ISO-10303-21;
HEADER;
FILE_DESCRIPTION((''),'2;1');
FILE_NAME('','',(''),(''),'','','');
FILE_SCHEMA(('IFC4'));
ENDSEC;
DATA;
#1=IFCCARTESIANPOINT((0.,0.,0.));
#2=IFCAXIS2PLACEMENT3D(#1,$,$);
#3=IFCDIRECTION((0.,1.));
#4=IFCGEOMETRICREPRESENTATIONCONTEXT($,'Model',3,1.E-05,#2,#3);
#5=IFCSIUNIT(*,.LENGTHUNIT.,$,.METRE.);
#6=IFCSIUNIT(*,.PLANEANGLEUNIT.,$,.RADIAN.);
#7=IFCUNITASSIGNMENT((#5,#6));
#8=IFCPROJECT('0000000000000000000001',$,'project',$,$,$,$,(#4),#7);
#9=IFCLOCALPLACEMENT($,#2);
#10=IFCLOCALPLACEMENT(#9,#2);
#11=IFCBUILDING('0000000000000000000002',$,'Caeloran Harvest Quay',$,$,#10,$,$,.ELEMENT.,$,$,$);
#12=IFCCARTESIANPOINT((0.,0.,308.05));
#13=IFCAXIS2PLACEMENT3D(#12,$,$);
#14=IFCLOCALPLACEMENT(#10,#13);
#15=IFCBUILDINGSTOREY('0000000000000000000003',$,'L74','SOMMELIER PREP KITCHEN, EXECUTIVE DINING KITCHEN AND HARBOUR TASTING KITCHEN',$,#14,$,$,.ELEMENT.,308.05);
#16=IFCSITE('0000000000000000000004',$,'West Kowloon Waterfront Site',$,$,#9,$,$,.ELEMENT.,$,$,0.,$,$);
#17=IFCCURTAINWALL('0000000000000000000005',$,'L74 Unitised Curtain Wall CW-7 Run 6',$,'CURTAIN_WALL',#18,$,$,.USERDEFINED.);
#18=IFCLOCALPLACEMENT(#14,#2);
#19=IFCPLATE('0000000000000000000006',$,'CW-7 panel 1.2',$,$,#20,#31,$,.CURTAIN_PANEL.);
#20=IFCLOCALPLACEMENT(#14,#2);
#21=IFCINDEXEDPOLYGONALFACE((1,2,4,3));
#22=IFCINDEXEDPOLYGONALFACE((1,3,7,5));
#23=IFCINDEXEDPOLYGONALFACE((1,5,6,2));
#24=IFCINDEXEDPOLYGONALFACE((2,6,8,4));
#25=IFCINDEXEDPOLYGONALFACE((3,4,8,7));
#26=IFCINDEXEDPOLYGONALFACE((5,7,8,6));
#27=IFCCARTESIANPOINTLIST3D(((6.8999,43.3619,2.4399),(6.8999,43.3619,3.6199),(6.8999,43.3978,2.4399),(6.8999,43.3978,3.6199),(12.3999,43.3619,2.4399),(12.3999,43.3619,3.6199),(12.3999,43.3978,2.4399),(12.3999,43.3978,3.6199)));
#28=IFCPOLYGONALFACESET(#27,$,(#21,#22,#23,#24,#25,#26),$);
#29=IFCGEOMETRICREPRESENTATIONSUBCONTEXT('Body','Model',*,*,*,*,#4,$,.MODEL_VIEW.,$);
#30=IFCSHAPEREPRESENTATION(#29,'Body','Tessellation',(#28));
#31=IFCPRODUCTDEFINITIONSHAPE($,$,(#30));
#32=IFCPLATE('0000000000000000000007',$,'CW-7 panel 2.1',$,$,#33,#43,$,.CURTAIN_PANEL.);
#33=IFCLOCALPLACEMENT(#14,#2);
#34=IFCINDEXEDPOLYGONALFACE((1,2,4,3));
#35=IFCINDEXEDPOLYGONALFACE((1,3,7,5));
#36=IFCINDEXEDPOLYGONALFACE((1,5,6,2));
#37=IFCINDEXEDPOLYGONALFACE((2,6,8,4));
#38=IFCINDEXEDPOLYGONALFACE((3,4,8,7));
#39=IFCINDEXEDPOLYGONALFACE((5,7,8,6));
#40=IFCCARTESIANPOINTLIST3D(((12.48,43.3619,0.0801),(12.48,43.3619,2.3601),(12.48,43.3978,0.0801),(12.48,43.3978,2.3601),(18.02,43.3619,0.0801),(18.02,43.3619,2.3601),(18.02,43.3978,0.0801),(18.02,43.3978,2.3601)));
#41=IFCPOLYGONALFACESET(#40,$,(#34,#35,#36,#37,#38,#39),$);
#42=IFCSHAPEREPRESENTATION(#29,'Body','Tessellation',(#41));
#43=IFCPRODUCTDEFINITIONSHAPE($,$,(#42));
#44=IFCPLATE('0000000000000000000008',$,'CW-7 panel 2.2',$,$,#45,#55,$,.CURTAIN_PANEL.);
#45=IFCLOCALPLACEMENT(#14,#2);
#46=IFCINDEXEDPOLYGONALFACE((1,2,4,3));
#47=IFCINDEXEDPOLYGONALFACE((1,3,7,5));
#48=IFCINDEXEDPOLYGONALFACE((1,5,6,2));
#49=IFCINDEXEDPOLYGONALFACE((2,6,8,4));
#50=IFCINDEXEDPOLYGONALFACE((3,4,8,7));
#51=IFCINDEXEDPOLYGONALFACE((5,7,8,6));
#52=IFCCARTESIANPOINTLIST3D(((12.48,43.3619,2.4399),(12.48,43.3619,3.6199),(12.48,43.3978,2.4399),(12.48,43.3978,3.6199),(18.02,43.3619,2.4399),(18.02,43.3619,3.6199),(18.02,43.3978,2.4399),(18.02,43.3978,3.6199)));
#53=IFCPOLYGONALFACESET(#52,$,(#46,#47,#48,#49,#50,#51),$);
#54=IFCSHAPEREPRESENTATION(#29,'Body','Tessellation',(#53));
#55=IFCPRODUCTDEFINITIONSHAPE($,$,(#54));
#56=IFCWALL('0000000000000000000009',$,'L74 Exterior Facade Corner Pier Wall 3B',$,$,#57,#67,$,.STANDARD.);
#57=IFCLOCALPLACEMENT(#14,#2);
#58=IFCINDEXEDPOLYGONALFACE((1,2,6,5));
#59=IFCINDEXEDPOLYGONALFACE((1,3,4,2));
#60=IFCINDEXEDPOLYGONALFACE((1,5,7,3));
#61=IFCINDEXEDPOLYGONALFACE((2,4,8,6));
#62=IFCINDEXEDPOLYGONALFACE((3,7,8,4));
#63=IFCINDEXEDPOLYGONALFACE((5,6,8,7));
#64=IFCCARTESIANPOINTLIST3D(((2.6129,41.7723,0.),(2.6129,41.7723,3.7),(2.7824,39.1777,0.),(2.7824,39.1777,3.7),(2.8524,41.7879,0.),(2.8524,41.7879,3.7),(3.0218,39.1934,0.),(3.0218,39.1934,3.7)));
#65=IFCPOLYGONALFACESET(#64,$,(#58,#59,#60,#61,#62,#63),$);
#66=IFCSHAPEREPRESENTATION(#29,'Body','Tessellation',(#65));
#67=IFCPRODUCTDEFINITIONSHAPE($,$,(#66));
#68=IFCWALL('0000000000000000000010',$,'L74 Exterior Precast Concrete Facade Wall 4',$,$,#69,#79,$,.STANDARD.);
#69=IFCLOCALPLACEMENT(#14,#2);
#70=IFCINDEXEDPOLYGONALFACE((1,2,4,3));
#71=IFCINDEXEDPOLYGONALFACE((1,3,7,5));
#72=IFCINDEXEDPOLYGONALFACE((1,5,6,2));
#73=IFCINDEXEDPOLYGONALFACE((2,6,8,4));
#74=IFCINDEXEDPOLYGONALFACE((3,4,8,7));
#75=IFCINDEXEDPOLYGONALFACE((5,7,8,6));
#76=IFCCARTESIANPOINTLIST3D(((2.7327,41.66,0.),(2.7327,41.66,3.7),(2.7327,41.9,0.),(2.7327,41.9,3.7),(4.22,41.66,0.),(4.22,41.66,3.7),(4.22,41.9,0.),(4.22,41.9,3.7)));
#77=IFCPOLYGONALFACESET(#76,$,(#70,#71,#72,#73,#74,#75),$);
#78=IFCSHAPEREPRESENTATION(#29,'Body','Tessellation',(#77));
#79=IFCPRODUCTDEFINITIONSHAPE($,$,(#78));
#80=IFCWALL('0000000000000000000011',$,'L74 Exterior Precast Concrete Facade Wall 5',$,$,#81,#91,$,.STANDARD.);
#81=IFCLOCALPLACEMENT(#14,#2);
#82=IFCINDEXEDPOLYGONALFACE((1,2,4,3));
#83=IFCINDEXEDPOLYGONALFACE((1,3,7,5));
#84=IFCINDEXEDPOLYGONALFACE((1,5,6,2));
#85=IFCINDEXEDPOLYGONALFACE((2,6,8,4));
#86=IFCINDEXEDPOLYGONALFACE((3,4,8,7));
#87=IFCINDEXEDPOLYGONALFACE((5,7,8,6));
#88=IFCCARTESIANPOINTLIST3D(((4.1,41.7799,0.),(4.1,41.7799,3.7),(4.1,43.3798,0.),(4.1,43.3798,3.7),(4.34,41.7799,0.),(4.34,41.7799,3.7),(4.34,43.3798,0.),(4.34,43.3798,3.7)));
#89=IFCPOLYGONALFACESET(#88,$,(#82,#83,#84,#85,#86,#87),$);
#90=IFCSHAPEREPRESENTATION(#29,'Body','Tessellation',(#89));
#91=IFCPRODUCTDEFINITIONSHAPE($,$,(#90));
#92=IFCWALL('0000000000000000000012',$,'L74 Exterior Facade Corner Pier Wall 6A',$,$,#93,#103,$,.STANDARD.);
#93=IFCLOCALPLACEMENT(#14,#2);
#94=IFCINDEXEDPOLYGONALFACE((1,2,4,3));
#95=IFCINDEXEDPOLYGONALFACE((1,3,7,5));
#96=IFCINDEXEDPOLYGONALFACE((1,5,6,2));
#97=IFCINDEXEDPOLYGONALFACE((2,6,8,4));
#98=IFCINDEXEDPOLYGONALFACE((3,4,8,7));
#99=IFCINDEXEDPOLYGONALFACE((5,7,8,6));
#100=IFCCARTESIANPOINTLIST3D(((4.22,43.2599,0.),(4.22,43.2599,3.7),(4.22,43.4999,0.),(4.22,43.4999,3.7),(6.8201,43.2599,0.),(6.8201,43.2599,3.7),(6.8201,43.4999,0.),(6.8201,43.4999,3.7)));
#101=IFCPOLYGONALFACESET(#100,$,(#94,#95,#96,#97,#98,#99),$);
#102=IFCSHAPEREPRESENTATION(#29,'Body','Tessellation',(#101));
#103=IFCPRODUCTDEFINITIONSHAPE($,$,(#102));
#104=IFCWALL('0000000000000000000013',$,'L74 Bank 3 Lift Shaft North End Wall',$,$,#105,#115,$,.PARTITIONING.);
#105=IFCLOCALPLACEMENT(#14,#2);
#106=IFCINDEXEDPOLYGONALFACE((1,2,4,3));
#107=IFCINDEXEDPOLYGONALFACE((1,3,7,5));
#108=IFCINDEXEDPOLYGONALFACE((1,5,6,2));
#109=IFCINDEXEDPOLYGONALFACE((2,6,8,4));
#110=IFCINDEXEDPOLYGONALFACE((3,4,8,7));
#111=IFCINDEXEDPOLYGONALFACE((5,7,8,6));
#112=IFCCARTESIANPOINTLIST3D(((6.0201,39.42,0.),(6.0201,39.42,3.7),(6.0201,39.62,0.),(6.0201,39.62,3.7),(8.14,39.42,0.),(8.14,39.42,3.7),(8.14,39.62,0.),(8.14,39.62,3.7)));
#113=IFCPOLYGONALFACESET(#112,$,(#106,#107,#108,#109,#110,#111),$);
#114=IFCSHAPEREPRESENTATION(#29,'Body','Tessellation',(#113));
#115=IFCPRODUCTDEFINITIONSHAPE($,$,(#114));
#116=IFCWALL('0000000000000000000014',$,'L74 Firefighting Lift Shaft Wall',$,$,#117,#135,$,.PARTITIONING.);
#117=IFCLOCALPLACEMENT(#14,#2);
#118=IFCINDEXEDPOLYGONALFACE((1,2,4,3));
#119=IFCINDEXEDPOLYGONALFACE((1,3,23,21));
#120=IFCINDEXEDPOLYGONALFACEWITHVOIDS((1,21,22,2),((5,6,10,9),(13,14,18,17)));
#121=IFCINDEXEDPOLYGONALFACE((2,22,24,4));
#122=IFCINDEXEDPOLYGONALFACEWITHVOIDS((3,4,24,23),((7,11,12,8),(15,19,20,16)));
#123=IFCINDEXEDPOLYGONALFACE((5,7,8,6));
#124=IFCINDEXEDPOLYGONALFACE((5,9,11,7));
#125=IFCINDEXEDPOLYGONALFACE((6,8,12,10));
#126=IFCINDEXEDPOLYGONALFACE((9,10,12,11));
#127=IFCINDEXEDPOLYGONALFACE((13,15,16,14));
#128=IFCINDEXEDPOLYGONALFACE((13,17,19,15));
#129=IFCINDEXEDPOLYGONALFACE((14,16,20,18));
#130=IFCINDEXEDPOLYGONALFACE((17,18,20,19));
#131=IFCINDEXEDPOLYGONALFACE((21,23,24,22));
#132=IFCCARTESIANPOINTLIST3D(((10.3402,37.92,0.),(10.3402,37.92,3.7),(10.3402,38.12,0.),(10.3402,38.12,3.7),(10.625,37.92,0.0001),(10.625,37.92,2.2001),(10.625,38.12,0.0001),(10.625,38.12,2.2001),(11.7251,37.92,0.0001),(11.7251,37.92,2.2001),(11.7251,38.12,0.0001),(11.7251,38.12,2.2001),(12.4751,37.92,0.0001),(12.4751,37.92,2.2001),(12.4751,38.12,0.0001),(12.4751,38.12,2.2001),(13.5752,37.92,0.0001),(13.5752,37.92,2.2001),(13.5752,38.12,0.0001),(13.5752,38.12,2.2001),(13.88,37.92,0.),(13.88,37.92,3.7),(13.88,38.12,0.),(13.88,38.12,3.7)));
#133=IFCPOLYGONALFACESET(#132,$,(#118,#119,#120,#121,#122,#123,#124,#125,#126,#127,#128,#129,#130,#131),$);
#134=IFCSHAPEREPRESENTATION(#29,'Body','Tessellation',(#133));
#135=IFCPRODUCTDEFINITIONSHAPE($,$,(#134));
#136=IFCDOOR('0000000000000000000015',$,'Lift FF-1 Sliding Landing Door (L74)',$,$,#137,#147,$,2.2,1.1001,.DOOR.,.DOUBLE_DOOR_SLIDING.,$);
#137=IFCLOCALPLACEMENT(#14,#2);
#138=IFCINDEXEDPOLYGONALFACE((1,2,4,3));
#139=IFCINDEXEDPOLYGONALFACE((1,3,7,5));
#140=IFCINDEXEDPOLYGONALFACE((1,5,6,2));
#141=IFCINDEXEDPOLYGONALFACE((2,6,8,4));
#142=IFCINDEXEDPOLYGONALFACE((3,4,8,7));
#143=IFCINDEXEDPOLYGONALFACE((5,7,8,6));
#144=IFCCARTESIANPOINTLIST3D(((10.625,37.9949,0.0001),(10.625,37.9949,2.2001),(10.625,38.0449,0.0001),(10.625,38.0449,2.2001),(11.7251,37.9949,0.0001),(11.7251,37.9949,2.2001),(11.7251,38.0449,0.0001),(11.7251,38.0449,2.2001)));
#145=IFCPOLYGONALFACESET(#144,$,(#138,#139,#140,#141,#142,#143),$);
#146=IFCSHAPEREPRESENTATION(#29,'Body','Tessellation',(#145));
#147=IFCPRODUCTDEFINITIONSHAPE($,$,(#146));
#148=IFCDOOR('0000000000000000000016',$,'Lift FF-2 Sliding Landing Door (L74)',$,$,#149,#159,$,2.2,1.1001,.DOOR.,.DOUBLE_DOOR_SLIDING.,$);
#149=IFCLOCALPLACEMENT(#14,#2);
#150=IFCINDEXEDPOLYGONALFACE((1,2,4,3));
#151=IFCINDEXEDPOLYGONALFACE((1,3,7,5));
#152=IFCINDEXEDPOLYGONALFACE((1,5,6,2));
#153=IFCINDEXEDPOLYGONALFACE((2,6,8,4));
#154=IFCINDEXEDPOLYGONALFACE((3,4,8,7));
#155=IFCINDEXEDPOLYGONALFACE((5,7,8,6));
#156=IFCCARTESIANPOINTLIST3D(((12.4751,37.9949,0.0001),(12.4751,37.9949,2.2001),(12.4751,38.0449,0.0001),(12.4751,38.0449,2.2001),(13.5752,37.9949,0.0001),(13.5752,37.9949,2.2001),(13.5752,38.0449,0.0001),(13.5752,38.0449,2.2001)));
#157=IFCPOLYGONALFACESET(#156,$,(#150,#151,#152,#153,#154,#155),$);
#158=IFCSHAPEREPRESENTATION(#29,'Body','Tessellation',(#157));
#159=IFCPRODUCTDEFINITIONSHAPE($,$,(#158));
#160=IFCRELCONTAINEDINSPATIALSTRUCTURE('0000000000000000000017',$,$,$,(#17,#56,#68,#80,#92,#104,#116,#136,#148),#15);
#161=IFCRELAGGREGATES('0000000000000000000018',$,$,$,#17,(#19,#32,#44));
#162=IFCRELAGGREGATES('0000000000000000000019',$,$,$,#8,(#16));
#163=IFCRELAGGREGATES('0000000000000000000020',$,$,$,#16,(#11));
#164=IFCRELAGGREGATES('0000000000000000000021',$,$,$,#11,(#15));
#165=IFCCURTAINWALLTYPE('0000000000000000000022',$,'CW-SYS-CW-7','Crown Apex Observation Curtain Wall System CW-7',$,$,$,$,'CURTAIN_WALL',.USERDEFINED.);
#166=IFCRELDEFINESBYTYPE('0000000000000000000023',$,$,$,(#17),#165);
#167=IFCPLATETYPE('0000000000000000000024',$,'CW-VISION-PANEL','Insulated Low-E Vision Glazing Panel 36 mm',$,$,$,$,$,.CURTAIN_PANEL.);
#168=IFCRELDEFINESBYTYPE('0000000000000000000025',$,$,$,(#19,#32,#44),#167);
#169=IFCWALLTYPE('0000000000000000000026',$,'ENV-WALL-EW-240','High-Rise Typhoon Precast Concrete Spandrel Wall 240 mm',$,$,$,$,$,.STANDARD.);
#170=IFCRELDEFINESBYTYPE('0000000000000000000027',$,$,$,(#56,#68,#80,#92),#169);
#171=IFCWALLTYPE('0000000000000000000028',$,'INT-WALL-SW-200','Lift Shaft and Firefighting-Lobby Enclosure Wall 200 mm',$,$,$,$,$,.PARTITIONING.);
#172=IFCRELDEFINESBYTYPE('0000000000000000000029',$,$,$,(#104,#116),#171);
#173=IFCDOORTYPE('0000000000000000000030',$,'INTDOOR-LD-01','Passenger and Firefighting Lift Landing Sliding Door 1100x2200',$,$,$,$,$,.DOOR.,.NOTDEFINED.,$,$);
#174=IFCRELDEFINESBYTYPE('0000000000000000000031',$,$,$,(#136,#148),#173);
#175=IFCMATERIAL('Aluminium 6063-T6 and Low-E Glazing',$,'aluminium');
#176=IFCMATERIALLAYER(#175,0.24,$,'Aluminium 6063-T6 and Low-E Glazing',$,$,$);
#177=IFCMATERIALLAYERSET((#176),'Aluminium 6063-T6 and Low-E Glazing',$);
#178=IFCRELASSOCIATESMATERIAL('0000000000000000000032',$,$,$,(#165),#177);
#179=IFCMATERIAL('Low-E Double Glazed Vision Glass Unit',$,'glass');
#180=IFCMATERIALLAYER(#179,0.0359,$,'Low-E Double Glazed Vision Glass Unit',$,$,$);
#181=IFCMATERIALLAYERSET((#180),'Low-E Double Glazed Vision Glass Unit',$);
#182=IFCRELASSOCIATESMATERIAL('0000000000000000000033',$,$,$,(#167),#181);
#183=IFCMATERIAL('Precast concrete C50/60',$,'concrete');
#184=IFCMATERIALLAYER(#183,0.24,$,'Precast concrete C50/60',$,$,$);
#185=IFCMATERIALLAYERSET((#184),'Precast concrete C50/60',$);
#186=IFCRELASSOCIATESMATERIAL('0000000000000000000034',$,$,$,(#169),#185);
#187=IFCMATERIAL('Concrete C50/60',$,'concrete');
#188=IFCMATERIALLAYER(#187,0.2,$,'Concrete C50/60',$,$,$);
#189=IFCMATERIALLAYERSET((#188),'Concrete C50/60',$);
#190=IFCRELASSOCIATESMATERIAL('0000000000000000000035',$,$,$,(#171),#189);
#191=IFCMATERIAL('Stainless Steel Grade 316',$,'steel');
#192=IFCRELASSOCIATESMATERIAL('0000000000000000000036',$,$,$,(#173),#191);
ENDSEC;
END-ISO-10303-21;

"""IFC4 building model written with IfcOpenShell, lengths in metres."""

from ifc_helpers import new_model, si_unit, direction, frame, frame_2d, origin, origin_2d, place, context, subcontext, project, spatial, rectangle, extrude, material, layer, layer_set, type_object, element, fill, aggregate, save


model = new_model("IFC4")

# Units and contexts
model_context = context("Model", 3, precision=1e-05, world=origin(), true_north=direction((0.0, 1.0)))
body_context = subcontext(model_context, "Body", "Model", "MODEL_VIEW")
ifc_project = project(units=[si_unit("LENGTHUNIT", "METRE"), si_unit("PLANEANGLEUNIT", "RADIAN")], contexts=[model_context])

# Site, building, storey
site_placement = place(None, origin())
site = spatial("IfcSite", under=ifc_project, at=site_placement, Name="West Kowloon Waterfront Site", CompositionType="ELEMENT", RefElevation=0.0)
building_placement = place(site_placement, origin())
building = spatial("IfcBuilding", under=site, at=building_placement, Name="Caeloran Harvest Quay", CompositionType="ELEMENT")
storey_placement = place(building_placement, frame((0.0, 0.0, 308.05)))
storey = spatial("IfcBuildingStorey", under=building, at=storey_placement, Name="L74", Description="SOMMELIER PREP KITCHEN, EXECUTIVE DINING KITCHEN AND HARBOUR TASTING KITCHEN", CompositionType="ELEMENT", Elevation=308.05)

# Shared definitions
ifc_material_1 = material(Name="Aluminium 6063-T6 and Low-E Glazing", Category="aluminium")
ifc_layer_1 = layer(ifc_material_1, 0.24, Name="Aluminium 6063-T6 and Low-E Glazing")
ifc_layer_set_1 = layer_set([ifc_layer_1], Name="Aluminium 6063-T6 and Low-E Glazing")
curtain_wall_type = type_object("IfcCurtainWallType", Name="CW-SYS-CW-7", Description="Crown Apex Observation Curtain Wall System CW-7", ElementType="CURTAIN_WALL", PredefinedType="USERDEFINED", material=ifc_layer_set_1)

# Curtain wall
curtain_wall_1_placement = place(storey_placement, origin())
curtain_wall_1 = element("IfcCurtainWall", 1, at=curtain_wall_1_placement, inside=storey, type_object=curtain_wall_type, Name="L74 Unitised Curtain Wall CW-7 Run 6", ObjectType="CURTAIN_WALL", PredefinedType="USERDEFINED")

# Plates
ifc_material_2 = material(Name="Low-E Double Glazed Vision Glass Unit", Category="glass")
ifc_layer_2 = layer(ifc_material_2, 0.0359, Name="Low-E Double Glazed Vision Glass Unit")
ifc_layer_set_2 = layer_set([ifc_layer_2], Name="Low-E Double Glazed Vision Glass Unit")
plate_type = type_object("IfcPlateType", Name="CW-VISION-PANEL", Description="Insulated Low-E Vision Glazing Panel 36 mm", PredefinedType="CURTAIN_PANEL", material=ifc_layer_set_2)
plate_1_placement = place(storey_placement, frame((9.6499, 43.3799, 2.4399), z_axis=(0.0, 0.0, 1.0), x_axis=(1.0, 0.0, 0.0)))
plate_1 = element("IfcPlate", 2, at=plate_1_placement, type_object=plate_type, Name="CW-7 panel 1.2", PredefinedType="CURTAIN_PANEL", context=body_context, shape_type="SweptSolid", body=[
    extrude(rectangle(XDim=5.5, YDim=0.0359, at=origin_2d()), origin(), (0.0, 0.0, 1.0), 1.1799),
])
plate_2_placement = place(storey_placement, frame((15.25, 43.3799, 0.0801), z_axis=(0.0, 0.0, 1.0), x_axis=(1.0, 0.0, 0.0)))
plate_2 = element("IfcPlate", 3, at=plate_2_placement, type_object=plate_type, Name="CW-7 panel 2.1", PredefinedType="CURTAIN_PANEL", context=body_context, shape_type="SweptSolid", body=[
    extrude(rectangle(XDim=5.54, YDim=0.0359, at=origin_2d()), origin(), (0.0, 0.0, 1.0), 2.28),
])
plate_3_placement = place(storey_placement, frame((15.25, 43.3799, 2.4399), z_axis=(0.0, 0.0, 1.0), x_axis=(1.0, 0.0, 0.0)))
plate_3 = element("IfcPlate", 4, at=plate_3_placement, type_object=plate_type, Name="CW-7 panel 2.2", PredefinedType="CURTAIN_PANEL", context=body_context, shape_type="SweptSolid", body=[
    extrude(rectangle(XDim=5.54, YDim=0.0359, at=origin_2d()), origin(), (0.0, 0.0, 1.0), 1.1799),
])
aggregate(curtain_wall_1, [plate_1, plate_2, plate_3])

# Walls
ifc_material_3 = material(Name="Precast concrete C50/60", Category="concrete")
ifc_layer_3 = layer(ifc_material_3, 0.24, Name="Precast concrete C50/60")
ifc_layer_set_3 = layer_set([ifc_layer_3], Name="Precast concrete C50/60")
wall_type_1 = type_object("IfcWallType", Name="ENV-WALL-EW-240", Description="High-Rise Typhoon Precast Concrete Spandrel Wall 240 mm", PredefinedType="STANDARD", material=ifc_layer_set_3)
wall_1_placement = place(storey_placement, frame((2.9021, 39.1855, 0.0), z_axis=(0.0, 0.0, 1.0), x_axis=(-0.065167, 0.997874, 0.0)))
element("IfcWall", 5, at=wall_1_placement, inside=storey, type_object=wall_type_1, Name="L74 Exterior Facade Corner Pier Wall 3B", PredefinedType="STANDARD", context=body_context, shape_type="SweptSolid", body=[
    extrude(rectangle(XDim=2.6001, YDim=0.24, at=frame_2d((1.3, 0.0))), origin(), (0.0, 0.0, 1.0), 3.7),
])
wall_2_placement = place(storey_placement, frame((2.7327, 41.78, 0.0), z_axis=(0.0, 0.0, 1.0), x_axis=(1.0, 0.0, 0.0)))
element("IfcWall", 6, at=wall_2_placement, inside=storey, type_object=wall_type_1, Name="L74 Exterior Precast Concrete Facade Wall 4", PredefinedType="STANDARD", context=body_context, shape_type="SweptSolid", body=[
    extrude(rectangle(XDim=1.4873, YDim=0.24, at=frame_2d((0.7437, 0.0))), origin(), (0.0, 0.0, 1.0), 3.7),
])
wall_3_placement = place(storey_placement, frame((4.22, 41.78, 0.0), z_axis=(0.0, 0.0, 1.0), x_axis=(0.0, 1.0, 0.0)))
element("IfcWall", 7, at=wall_3_placement, inside=storey, type_object=wall_type_1, Name="L74 Exterior Precast Concrete Facade Wall 5", PredefinedType="STANDARD", context=body_context, shape_type="SweptSolid", body=[
    extrude(rectangle(XDim=1.5999, YDim=0.24, at=frame_2d((0.7998, 0.0))), origin(), (0.0, 0.0, 1.0), 3.7),
])
wall_4_placement = place(storey_placement, frame((4.22, 43.3799, 0.0), z_axis=(0.0, 0.0, 1.0), x_axis=(1.0, 0.0, 0.0)))
element("IfcWall", 8, at=wall_4_placement, inside=storey, type_object=wall_type_1, Name="L74 Exterior Facade Corner Pier Wall 6A", PredefinedType="STANDARD", context=body_context, shape_type="SweptSolid", body=[
    extrude(rectangle(XDim=2.6001, YDim=0.24, at=frame_2d((1.3, 0.0))), origin(), (0.0, 0.0, 1.0), 3.7),
])
ifc_material_4 = material(Name="Concrete C50/60", Category="concrete")
ifc_layer_4 = layer(ifc_material_4, 0.2, Name="Concrete C50/60")
ifc_layer_set_4 = layer_set([ifc_layer_4], Name="Concrete C50/60")
wall_type_2 = type_object("IfcWallType", Name="INT-WALL-SW-200", Description="Lift Shaft and Firefighting-Lobby Enclosure Wall 200 mm", PredefinedType="PARTITIONING", material=ifc_layer_set_4)
wall_5_placement = place(storey_placement, frame((6.02, 39.52, 0.0), z_axis=(0.0, 0.0, 1.0), x_axis=(1.0, 0.0, 0.0)))
element("IfcWall", 9, at=wall_5_placement, inside=storey, type_object=wall_type_2, Name="L74 Bank 3 Lift Shaft North End Wall", PredefinedType="PARTITIONING", context=body_context, shape_type="SweptSolid", body=[
    extrude(rectangle(XDim=2.1199, YDim=0.2, at=frame_2d((1.0601, 0.0))), origin(), (0.0, 0.0, 1.0), 3.7),
])

# Wall, openings, doors
wall_6_placement = place(storey_placement, frame((10.3401, 38.02, 0.0), z_axis=(0.0, 0.0, 1.0), x_axis=(1.0, 0.0, 0.0)))
wall_6 = element("IfcWall", 10, at=wall_6_placement, inside=storey, type_object=wall_type_2, Name="L74 Firefighting Lift Shaft Wall", PredefinedType="PARTITIONING", context=body_context, shape_type="SweptSolid", body=[
    extrude(rectangle(XDim=3.5398, YDim=0.2, at=frame_2d((1.77, 0.0))), origin(), (0.0, 0.0, 1.0), 3.7),
])
opening_1_placement = place(wall_6_placement, frame((0.2849, 0.0, 0.0)))
opening_1 = element("IfcOpeningElement", 11, at=opening_1_placement, cuts=wall_6, PredefinedType="OPENING", context=body_context, shape_type="SweptSolid", body=[
    extrude(rectangle(XDim=1.1001, YDim=2.2, at=frame_2d((0.55, 1.1001))), frame((0.0, 0.1099, 0.0), z_axis=(0.0, -1.0, 0.0), x_axis=(1.0, 0.0, 0.0)), (0.0, 0.0, 1.0), 0.22),
])
opening_2_placement = place(wall_6_placement, frame((2.135, 0.0, 0.0)))
opening_2 = element("IfcOpeningElement", 12, at=opening_2_placement, cuts=wall_6, PredefinedType="OPENING", context=body_context, shape_type="SweptSolid", body=[
    extrude(rectangle(XDim=1.1001, YDim=2.2, at=frame_2d((0.55, 1.1001))), frame((0.0, 0.1099, 0.0), z_axis=(0.0, -1.0, 0.0), x_axis=(1.0, 0.0, 0.0)), (0.0, 0.0, 1.0), 0.22),
])
ifc_material_5 = material(Name="Stainless Steel Grade 316", Category="steel")
door_type_1 = type_object("IfcDoorType", Name="INTDOOR-LD-01", Description="Passenger and Firefighting Lift Landing Sliding Door 1100x2200", OperationType="NOTDEFINED", PredefinedType="DOOR", material=ifc_material_5)
door_1_placement = place(opening_1_placement, origin())
door_1 = element("IfcDoor", 13, at=door_1_placement, inside=storey, type_object=door_type_1, Name="Lift FF-1 Sliding Landing Door (L74)", OperationType="DOUBLE_DOOR_SLIDING", OverallHeight=2.2, OverallWidth=1.1001, PredefinedType="DOOR", context=body_context, shape_type="SweptSolid", body=[
    extrude(rectangle(XDim=1.1001, YDim=2.2, at=frame_2d((0.55, 1.1001))), frame((0.0, 0.0249, 0.0), z_axis=(0.0, -1.0, 0.0), x_axis=(1.0, 0.0, 0.0)), (0.0, 0.0, 1.0), 0.05),
])
fill(opening_1, door_1)
door_2_placement = place(opening_2_placement, origin())
door_2 = element("IfcDoor", 14, at=door_2_placement, inside=storey, type_object=door_type_1, Name="Lift FF-2 Sliding Landing Door (L74)", OperationType="DOUBLE_DOOR_SLIDING", OverallHeight=2.2, OverallWidth=1.1001, PredefinedType="DOOR", context=body_context, shape_type="SweptSolid", body=[
    extrude(rectangle(XDim=1.1001, YDim=2.2, at=frame_2d((0.55, 1.1001))), frame((0.0, 0.0249, 0.0), z_axis=(0.0, -1.0, 0.0), x_axis=(1.0, 0.0, 0.0)), (0.0, 0.0, 1.0), 0.05),
])
fill(opening_2, door_2)

save(model, "model.ifc")
